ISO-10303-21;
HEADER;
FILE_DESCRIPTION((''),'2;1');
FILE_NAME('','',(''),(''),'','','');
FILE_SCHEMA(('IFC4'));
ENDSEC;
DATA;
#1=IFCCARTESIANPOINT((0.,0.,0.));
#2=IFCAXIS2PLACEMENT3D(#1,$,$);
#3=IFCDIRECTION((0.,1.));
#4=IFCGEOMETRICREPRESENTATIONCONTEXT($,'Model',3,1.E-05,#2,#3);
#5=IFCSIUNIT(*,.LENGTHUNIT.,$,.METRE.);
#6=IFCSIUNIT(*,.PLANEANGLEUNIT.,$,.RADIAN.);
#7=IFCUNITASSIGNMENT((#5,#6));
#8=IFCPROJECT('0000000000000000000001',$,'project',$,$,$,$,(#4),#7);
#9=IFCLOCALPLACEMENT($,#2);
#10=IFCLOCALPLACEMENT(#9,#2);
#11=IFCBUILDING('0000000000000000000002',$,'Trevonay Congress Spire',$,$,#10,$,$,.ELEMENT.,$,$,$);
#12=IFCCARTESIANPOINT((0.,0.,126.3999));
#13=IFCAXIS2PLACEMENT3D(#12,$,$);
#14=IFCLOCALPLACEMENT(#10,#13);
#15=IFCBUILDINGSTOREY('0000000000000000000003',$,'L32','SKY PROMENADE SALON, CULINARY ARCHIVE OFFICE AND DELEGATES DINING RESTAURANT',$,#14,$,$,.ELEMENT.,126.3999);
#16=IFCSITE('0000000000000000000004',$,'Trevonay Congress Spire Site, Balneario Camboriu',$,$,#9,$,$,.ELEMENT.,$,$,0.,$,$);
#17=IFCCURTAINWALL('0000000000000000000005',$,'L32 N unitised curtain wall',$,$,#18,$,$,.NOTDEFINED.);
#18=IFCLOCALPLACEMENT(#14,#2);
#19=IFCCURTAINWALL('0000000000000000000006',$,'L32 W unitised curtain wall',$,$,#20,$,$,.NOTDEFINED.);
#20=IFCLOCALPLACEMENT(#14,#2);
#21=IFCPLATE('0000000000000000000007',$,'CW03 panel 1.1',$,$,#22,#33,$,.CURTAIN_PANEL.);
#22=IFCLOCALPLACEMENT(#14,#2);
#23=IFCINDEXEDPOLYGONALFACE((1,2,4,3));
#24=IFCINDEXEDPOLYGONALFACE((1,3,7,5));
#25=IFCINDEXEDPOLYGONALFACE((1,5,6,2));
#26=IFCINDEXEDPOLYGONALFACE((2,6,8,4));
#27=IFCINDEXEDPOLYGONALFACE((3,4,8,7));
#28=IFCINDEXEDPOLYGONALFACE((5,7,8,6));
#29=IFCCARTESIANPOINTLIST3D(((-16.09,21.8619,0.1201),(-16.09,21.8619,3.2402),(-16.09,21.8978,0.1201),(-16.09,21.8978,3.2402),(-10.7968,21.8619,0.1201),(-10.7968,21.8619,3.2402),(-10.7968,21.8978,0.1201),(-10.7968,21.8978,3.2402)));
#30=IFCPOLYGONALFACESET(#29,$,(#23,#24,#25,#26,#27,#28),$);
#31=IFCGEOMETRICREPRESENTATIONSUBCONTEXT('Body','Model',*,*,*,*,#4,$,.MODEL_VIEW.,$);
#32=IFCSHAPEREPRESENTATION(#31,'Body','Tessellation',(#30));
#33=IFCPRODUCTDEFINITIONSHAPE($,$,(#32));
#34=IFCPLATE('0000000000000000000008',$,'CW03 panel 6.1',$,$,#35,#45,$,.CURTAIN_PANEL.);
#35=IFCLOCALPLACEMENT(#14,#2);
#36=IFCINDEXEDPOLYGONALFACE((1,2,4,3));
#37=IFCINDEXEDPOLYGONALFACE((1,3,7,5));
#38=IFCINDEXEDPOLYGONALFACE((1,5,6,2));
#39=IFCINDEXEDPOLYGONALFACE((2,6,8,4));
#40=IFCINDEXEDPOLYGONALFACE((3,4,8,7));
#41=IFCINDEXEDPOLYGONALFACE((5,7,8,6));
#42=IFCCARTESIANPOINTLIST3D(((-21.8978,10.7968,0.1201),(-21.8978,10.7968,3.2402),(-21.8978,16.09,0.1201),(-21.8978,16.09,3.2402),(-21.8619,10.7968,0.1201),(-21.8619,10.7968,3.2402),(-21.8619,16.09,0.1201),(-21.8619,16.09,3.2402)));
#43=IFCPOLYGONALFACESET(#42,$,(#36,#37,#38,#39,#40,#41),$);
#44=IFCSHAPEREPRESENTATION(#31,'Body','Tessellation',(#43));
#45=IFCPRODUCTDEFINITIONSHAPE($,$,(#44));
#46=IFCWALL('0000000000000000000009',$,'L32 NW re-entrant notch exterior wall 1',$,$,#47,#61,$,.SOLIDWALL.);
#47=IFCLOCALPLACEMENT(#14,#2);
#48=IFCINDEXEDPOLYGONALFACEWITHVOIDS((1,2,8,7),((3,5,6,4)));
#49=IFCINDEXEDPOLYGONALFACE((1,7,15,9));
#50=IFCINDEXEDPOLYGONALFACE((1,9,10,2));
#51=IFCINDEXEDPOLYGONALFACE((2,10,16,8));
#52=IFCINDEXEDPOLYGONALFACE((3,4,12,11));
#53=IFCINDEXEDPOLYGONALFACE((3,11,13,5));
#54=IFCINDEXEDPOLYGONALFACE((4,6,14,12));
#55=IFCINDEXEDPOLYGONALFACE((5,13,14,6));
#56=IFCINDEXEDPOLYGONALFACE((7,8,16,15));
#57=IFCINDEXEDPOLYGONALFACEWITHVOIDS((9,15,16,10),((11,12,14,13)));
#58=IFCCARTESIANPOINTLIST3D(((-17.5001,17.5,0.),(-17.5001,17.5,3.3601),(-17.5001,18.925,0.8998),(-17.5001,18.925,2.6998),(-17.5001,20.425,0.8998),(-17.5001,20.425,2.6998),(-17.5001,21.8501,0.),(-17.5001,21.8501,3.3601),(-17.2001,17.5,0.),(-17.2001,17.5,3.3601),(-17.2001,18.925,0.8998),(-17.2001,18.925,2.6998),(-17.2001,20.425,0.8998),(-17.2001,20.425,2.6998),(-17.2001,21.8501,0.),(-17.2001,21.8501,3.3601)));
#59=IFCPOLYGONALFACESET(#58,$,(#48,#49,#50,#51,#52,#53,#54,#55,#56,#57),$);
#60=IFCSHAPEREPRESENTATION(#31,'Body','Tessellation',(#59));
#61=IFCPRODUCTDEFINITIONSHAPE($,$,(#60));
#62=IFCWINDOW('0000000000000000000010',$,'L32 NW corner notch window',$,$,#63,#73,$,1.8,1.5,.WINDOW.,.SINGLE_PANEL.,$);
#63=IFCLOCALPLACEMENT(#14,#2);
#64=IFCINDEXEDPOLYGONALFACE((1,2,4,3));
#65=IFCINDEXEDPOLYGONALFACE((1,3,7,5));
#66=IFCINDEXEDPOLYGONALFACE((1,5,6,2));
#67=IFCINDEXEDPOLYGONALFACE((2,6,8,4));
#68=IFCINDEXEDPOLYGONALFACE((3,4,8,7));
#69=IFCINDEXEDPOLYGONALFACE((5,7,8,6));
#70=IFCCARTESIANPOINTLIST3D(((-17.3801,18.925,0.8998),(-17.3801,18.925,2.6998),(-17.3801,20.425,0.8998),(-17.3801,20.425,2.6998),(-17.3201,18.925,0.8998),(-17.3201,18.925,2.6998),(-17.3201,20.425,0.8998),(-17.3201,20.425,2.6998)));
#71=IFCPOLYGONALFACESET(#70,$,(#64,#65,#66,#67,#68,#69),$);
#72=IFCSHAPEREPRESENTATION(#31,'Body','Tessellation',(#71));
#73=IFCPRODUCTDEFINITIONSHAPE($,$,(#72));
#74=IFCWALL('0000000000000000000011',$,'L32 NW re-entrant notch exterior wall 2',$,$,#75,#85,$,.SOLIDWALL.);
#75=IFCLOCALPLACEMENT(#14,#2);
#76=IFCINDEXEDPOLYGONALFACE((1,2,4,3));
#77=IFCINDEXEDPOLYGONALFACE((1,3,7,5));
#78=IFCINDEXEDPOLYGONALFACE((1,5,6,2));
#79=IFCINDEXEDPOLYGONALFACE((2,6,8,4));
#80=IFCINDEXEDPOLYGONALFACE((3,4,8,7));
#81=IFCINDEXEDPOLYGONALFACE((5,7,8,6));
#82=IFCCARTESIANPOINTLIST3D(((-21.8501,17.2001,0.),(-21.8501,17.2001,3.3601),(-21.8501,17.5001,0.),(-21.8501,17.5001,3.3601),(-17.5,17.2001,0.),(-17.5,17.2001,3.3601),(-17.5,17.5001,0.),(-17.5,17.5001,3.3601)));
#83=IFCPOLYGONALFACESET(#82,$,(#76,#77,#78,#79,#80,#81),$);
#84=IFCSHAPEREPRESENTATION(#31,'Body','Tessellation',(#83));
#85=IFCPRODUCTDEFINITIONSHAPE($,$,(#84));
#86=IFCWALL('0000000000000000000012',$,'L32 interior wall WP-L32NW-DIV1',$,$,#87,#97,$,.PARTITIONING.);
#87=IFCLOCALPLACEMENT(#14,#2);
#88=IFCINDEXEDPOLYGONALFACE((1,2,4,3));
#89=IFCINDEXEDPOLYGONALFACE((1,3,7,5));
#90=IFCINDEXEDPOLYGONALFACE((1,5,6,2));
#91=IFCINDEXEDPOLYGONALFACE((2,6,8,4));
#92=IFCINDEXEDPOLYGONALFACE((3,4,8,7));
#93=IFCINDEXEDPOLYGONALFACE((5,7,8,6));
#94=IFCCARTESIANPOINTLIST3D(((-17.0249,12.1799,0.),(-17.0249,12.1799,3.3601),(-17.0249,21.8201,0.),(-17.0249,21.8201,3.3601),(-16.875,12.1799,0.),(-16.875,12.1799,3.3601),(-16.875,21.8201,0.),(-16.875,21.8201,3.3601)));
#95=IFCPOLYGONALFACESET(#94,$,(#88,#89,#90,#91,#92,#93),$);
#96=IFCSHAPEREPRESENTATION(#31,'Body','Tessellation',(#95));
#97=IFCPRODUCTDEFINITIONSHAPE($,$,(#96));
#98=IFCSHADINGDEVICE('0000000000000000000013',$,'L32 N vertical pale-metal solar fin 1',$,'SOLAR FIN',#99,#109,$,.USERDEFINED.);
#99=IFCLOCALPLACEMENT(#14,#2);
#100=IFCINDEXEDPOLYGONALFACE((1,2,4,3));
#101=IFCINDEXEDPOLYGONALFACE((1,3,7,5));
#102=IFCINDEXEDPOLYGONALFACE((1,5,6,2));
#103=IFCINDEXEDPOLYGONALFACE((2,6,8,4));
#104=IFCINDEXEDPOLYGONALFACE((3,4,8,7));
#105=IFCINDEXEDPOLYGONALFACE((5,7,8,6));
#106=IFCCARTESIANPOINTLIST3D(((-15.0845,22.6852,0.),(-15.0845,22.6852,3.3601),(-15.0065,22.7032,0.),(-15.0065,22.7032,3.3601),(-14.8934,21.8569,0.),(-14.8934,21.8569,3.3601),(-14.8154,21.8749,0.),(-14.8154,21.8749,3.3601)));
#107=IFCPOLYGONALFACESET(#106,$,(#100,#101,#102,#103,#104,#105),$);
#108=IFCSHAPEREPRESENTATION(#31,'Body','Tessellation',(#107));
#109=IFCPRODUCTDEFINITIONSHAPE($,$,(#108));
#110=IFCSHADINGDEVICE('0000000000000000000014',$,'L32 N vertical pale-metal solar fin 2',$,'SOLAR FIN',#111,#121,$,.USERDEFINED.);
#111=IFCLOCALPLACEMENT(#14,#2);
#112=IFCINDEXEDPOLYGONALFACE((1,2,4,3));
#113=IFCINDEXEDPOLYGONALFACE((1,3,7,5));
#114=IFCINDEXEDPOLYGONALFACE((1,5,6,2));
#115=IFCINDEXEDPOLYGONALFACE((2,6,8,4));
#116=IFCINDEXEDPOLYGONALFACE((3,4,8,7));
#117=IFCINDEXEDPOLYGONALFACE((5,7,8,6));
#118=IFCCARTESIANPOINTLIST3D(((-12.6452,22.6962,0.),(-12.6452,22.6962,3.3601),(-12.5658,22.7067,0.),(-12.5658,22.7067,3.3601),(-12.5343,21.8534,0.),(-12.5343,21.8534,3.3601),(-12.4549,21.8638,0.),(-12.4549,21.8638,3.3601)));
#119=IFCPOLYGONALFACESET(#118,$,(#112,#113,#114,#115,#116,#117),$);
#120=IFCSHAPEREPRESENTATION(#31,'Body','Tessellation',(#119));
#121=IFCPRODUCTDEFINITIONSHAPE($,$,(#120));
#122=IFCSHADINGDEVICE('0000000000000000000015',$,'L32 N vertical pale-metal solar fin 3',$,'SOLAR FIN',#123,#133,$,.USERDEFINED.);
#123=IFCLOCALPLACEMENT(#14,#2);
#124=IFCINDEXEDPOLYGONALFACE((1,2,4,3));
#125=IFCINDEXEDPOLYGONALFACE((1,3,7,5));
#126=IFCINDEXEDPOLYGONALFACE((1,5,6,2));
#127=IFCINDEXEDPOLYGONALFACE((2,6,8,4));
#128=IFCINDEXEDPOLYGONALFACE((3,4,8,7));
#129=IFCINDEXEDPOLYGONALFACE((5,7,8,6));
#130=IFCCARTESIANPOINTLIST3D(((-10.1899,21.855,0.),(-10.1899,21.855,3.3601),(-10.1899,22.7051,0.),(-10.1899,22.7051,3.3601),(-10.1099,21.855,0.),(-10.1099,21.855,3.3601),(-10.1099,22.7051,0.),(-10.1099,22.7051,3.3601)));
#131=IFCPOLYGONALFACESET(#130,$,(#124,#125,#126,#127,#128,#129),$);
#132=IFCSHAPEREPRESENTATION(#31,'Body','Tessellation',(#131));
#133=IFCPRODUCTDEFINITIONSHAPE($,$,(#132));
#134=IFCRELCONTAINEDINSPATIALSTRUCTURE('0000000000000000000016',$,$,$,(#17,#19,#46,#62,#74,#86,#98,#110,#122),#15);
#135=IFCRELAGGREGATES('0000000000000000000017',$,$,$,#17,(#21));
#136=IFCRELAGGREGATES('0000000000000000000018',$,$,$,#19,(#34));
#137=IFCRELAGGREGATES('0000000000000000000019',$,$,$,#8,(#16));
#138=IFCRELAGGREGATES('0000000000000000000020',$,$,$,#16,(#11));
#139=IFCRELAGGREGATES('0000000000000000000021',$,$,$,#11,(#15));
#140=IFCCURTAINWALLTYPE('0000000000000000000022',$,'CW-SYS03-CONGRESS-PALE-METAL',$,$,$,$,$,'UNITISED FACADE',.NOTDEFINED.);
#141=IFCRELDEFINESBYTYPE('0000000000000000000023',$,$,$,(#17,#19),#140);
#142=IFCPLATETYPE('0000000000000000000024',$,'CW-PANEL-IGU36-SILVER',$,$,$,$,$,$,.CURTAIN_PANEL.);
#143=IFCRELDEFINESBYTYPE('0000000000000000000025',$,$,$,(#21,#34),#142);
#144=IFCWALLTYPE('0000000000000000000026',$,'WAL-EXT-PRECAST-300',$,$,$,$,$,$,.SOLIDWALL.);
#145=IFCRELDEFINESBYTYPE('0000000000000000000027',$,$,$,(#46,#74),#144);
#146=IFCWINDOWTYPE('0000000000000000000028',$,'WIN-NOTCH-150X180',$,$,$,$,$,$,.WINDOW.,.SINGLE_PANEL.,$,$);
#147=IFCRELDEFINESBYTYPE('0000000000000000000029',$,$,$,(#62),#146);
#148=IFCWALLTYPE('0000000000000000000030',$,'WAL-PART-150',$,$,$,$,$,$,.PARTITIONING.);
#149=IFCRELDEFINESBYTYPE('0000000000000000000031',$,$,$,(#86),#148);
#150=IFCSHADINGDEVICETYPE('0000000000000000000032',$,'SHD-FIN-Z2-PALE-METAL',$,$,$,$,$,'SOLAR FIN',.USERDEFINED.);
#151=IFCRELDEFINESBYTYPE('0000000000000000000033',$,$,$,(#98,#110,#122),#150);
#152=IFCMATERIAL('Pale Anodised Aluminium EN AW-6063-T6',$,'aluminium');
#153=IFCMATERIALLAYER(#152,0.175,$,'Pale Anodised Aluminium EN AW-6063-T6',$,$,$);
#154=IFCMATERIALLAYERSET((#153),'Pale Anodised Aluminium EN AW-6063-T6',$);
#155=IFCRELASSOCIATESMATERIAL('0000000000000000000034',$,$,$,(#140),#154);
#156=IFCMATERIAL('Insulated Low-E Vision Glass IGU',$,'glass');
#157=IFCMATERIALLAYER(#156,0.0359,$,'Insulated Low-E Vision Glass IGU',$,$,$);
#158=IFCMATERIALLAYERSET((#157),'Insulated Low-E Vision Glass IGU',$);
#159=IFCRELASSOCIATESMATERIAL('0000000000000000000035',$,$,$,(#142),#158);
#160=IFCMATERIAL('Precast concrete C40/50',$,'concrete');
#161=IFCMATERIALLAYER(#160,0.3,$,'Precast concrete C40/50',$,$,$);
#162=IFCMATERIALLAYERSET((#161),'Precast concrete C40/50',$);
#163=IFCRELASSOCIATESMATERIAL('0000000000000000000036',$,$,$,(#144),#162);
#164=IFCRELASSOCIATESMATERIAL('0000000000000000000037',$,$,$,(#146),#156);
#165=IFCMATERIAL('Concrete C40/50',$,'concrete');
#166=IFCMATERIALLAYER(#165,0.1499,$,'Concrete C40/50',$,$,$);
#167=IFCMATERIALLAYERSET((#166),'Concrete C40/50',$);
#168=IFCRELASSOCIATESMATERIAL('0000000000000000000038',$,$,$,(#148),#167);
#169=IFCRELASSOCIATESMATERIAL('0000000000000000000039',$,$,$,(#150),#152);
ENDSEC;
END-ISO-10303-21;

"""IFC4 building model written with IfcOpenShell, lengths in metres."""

from ifc_helpers import new_model, si_unit, direction, frame, frame_2d, origin, origin_2d, place, context, subcontext, project, spatial, rectangle, extrude, material, layer, layer_set, type_object, element, fill, aggregate, save


model = new_model("IFC4")

# Units and contexts
model_context = context("Model", 3, precision=1e-05, world=origin(), true_north=direction((0.0, 1.0)))
body_context = subcontext(model_context, "Body", "Model", "MODEL_VIEW")
ifc_project = project(units=[si_unit("LENGTHUNIT", "METRE"), si_unit("PLANEANGLEUNIT", "RADIAN")], contexts=[model_context])

# Site, building, storey
site_placement = place(None, origin())
site = spatial("IfcSite", under=ifc_project, at=site_placement, Name="Trevonay Congress Spire Site, Balneario Camboriu", CompositionType="ELEMENT", RefElevation=0.0)
building_placement = place(site_placement, origin())
building = spatial("IfcBuilding", under=site, at=building_placement, Name="Trevonay Congress Spire", CompositionType="ELEMENT")
storey_placement = place(building_placement, frame((0.0, 0.0, 126.3999)))
storey = spatial("IfcBuildingStorey", under=building, at=storey_placement, Name="L32", Description="SKY PROMENADE SALON, CULINARY ARCHIVE OFFICE AND DELEGATES DINING RESTAURANT", CompositionType="ELEMENT", Elevation=126.3999)

# Curtain wall
ifc_material_1 = material(Name="Pale Anodised Aluminium EN AW-6063-T6", Category="aluminium")
ifc_layer_1 = layer(ifc_material_1, 0.175, Name="Pale Anodised Aluminium EN AW-6063-T6")
ifc_layer_set_1 = layer_set([ifc_layer_1], Name="Pale Anodised Aluminium EN AW-6063-T6")
curtain_wall_type = type_object("IfcCurtainWallType", Name="CW-SYS03-CONGRESS-PALE-METAL", ElementType="UNITISED FACADE", PredefinedType="NOTDEFINED", material=ifc_layer_set_1)
curtain_wall_1_placement = place(storey_placement, origin())
curtain_wall_1 = element("IfcCurtainWall", 1, at=curtain_wall_1_placement, inside=storey, type_object=curtain_wall_type, Name="L32 N unitised curtain wall", PredefinedType="NOTDEFINED")

# Curtain wall
curtain_wall_2_placement = place(storey_placement, origin())
curtain_wall_2 = element("IfcCurtainWall", 2, at=curtain_wall_2_placement, inside=storey, type_object=curtain_wall_type, Name="L32 W unitised curtain wall", PredefinedType="NOTDEFINED")

# Plates
ifc_material_2 = material(Name="Insulated Low-E Vision Glass IGU", Category="glass")
ifc_layer_2 = layer(ifc_material_2, 0.0359, Name="Insulated Low-E Vision Glass IGU")
ifc_layer_set_2 = layer_set([ifc_layer_2], Name="Insulated Low-E Vision Glass IGU")
plate_type = type_object("IfcPlateType", Name="CW-PANEL-IGU36-SILVER", PredefinedType="CURTAIN_PANEL", material=ifc_layer_set_2)
plate_1_placement = place(storey_placement, frame((-13.4434, 21.8799, 0.1201), z_axis=(0.0, 0.0, 1.0), x_axis=(1.0, 0.0, 0.0)))
plate_1 = element("IfcPlate", 3, at=plate_1_placement, type_object=plate_type, Name="CW03 panel 1.1", PredefinedType="CURTAIN_PANEL", context=body_context, shape_type="SweptSolid", body=[
    extrude(rectangle(XDim=5.2932, YDim=0.0359, at=origin_2d()), origin(), (0.0, 0.0, 1.0), 3.1201),
])
aggregate(curtain_wall_1, [plate_1])
plate_2_placement = place(storey_placement, frame((-21.8799, 13.4434, 0.1201), z_axis=(0.0, 0.0, 1.0), x_axis=(0.0, 1.0, 0.0)))
plate_2 = element("IfcPlate", 4, at=plate_2_placement, type_object=plate_type, Name="CW03 panel 6.1", PredefinedType="CURTAIN_PANEL", context=body_context, shape_type="SweptSolid", body=[
    extrude(rectangle(XDim=5.2932, YDim=0.0359, at=origin_2d()), origin(), (0.0, 0.0, 1.0), 3.1201),
])
aggregate(curtain_wall_2, [plate_2])

# Wall, opening, window
ifc_material_3 = material(Name="Precast concrete C40/50", Category="concrete")
ifc_layer_3 = layer(ifc_material_3, 0.3, Name="Precast concrete C40/50")
ifc_layer_set_3 = layer_set([ifc_layer_3], Name="Precast concrete C40/50")
wall_type_1 = type_object("IfcWallType", Name="WAL-EXT-PRECAST-300", PredefinedType="SOLIDWALL", material=ifc_layer_set_3)
wall_1_placement = place(storey_placement, frame((-17.3501, 21.8501, 0.0), z_axis=(0.0, 0.0, 1.0), x_axis=(0.0, -1.0, 0.0)))
wall_1 = element("IfcWall", 5, at=wall_1_placement, inside=storey, type_object=wall_type_1, Name="L32 NW re-entrant notch exterior wall 1", PredefinedType="SOLIDWALL", context=body_context, shape_type="SweptSolid", body=[
    extrude(rectangle(XDim=4.3501, YDim=0.3, at=frame_2d((2.175, 0.0))), origin(), (0.0, 0.0, 1.0), 3.3601),
])
opening_placement = place(wall_1_placement, frame((1.425, 0.0, 0.8999)))
opening = element("IfcOpeningElement", 6, at=opening_placement, cuts=wall_1, PredefinedType="OPENING", context=body_context, shape_type="SweptSolid", body=[
    extrude(rectangle(XDim=1.5, YDim=1.8, at=frame_2d((0.75, 0.8999))), frame((0.0, 0.1602, 0.0), z_axis=(0.0, -1.0, 0.0), x_axis=(1.0, 0.0, 0.0)), (0.0, 0.0, 1.0), 0.3201),
])
window_type = type_object("IfcWindowType", Name="WIN-NOTCH-150X180", PartitioningType="SINGLE_PANEL", PredefinedType="WINDOW", material=ifc_material_2)
window_placement = place(opening_placement, origin())
window = element("IfcWindow", 7, at=window_placement, inside=storey, type_object=window_type, Name="L32 NW corner notch window", OverallHeight=1.8, OverallWidth=1.5, PartitioningType="SINGLE_PANEL", PredefinedType="WINDOW", context=body_context, shape_type="SweptSolid", body=[
    extrude(rectangle(XDim=1.5, YDim=1.8, at=frame_2d((0.75, 0.8999))), frame((0.0, 0.03, 0.0), z_axis=(0.0, -1.0, 0.0), x_axis=(1.0, 0.0, 0.0)), (0.0, 0.0, 1.0), 0.0601),
])
fill(opening, window)

# Walls
wall_2_placement = place(storey_placement, frame((-21.8501, 17.3501, 0.0), z_axis=(0.0, 0.0, 1.0), x_axis=(1.0, 0.0, 0.0)))
element("IfcWall", 8, at=wall_2_placement, inside=storey, type_object=wall_type_1, Name="L32 NW re-entrant notch exterior wall 2", PredefinedType="SOLIDWALL", context=body_context, shape_type="SweptSolid", body=[
    extrude(rectangle(XDim=4.3501, YDim=0.3, at=frame_2d((2.175, 0.0))), origin(), (0.0, 0.0, 1.0), 3.3601),
])
ifc_material_4 = material(Name="Concrete C40/50", Category="concrete")
ifc_layer_4 = layer(ifc_material_4, 0.1499, Name="Concrete C40/50")
ifc_layer_set_4 = layer_set([ifc_layer_4], Name="Concrete C40/50")
wall_type_2 = type_object("IfcWallType", Name="WAL-PART-150", PredefinedType="PARTITIONING", material=ifc_layer_set_4)
wall_3_placement = place(storey_placement, frame((-16.95, 12.1799, 0.0), z_axis=(0.0, 0.0, 1.0), x_axis=(0.0, 1.0, 0.0)))
element("IfcWall", 9, at=wall_3_placement, inside=storey, type_object=wall_type_2, Name="L32 interior wall WP-L32NW-DIV1", PredefinedType="PARTITIONING", context=body_context, shape_type="SweptSolid", body=[
    extrude(rectangle(XDim=9.6401, YDim=0.1499, at=frame_2d((4.8201, 0.0))), origin(), (0.0, 0.0, 1.0), 3.3601),
])

# Shading devices
shading_device_type = type_object("IfcShadingDeviceType", Name="SHD-FIN-Z2-PALE-METAL", ElementType="SOLAR FIN", PredefinedType="USERDEFINED", material=ifc_material_1)
for number, where, z_axis, x_axis, name in (
    (10, (-14.95, 22.28, 0.0), (0.0, 0.0, 1.0), (0.974409, 0.224781, 0.0), "L32 N vertical pale-metal solar fin 1"),
    (11, (-12.55, 22.28, 0.0), (0.0, 0.0, 1.0), (0.991445, 0.130526, 0.0), "L32 N vertical pale-metal solar fin 2"),
    (12, (-10.1499, 22.28, 0.0), (0.0, 0.0, 1.0), (1.0, 0.0, 0.0), "L32 N vertical pale-metal solar fin 3"),
):
    element("IfcShadingDevice", number, at=place(storey_placement, frame(where, z_axis=z_axis, x_axis=x_axis)), inside=storey, type_object=shading_device_type, Name=name, ObjectType="SOLAR FIN", PredefinedType="USERDEFINED", context=body_context, shape_type="SweptSolid", body=[
        extrude(rectangle(XDim=0.0801, YDim=0.8501, at=origin_2d()), origin(), (0.0, 0.0, 1.0), 3.3601),
    ])

save(model, "model.ifc")
